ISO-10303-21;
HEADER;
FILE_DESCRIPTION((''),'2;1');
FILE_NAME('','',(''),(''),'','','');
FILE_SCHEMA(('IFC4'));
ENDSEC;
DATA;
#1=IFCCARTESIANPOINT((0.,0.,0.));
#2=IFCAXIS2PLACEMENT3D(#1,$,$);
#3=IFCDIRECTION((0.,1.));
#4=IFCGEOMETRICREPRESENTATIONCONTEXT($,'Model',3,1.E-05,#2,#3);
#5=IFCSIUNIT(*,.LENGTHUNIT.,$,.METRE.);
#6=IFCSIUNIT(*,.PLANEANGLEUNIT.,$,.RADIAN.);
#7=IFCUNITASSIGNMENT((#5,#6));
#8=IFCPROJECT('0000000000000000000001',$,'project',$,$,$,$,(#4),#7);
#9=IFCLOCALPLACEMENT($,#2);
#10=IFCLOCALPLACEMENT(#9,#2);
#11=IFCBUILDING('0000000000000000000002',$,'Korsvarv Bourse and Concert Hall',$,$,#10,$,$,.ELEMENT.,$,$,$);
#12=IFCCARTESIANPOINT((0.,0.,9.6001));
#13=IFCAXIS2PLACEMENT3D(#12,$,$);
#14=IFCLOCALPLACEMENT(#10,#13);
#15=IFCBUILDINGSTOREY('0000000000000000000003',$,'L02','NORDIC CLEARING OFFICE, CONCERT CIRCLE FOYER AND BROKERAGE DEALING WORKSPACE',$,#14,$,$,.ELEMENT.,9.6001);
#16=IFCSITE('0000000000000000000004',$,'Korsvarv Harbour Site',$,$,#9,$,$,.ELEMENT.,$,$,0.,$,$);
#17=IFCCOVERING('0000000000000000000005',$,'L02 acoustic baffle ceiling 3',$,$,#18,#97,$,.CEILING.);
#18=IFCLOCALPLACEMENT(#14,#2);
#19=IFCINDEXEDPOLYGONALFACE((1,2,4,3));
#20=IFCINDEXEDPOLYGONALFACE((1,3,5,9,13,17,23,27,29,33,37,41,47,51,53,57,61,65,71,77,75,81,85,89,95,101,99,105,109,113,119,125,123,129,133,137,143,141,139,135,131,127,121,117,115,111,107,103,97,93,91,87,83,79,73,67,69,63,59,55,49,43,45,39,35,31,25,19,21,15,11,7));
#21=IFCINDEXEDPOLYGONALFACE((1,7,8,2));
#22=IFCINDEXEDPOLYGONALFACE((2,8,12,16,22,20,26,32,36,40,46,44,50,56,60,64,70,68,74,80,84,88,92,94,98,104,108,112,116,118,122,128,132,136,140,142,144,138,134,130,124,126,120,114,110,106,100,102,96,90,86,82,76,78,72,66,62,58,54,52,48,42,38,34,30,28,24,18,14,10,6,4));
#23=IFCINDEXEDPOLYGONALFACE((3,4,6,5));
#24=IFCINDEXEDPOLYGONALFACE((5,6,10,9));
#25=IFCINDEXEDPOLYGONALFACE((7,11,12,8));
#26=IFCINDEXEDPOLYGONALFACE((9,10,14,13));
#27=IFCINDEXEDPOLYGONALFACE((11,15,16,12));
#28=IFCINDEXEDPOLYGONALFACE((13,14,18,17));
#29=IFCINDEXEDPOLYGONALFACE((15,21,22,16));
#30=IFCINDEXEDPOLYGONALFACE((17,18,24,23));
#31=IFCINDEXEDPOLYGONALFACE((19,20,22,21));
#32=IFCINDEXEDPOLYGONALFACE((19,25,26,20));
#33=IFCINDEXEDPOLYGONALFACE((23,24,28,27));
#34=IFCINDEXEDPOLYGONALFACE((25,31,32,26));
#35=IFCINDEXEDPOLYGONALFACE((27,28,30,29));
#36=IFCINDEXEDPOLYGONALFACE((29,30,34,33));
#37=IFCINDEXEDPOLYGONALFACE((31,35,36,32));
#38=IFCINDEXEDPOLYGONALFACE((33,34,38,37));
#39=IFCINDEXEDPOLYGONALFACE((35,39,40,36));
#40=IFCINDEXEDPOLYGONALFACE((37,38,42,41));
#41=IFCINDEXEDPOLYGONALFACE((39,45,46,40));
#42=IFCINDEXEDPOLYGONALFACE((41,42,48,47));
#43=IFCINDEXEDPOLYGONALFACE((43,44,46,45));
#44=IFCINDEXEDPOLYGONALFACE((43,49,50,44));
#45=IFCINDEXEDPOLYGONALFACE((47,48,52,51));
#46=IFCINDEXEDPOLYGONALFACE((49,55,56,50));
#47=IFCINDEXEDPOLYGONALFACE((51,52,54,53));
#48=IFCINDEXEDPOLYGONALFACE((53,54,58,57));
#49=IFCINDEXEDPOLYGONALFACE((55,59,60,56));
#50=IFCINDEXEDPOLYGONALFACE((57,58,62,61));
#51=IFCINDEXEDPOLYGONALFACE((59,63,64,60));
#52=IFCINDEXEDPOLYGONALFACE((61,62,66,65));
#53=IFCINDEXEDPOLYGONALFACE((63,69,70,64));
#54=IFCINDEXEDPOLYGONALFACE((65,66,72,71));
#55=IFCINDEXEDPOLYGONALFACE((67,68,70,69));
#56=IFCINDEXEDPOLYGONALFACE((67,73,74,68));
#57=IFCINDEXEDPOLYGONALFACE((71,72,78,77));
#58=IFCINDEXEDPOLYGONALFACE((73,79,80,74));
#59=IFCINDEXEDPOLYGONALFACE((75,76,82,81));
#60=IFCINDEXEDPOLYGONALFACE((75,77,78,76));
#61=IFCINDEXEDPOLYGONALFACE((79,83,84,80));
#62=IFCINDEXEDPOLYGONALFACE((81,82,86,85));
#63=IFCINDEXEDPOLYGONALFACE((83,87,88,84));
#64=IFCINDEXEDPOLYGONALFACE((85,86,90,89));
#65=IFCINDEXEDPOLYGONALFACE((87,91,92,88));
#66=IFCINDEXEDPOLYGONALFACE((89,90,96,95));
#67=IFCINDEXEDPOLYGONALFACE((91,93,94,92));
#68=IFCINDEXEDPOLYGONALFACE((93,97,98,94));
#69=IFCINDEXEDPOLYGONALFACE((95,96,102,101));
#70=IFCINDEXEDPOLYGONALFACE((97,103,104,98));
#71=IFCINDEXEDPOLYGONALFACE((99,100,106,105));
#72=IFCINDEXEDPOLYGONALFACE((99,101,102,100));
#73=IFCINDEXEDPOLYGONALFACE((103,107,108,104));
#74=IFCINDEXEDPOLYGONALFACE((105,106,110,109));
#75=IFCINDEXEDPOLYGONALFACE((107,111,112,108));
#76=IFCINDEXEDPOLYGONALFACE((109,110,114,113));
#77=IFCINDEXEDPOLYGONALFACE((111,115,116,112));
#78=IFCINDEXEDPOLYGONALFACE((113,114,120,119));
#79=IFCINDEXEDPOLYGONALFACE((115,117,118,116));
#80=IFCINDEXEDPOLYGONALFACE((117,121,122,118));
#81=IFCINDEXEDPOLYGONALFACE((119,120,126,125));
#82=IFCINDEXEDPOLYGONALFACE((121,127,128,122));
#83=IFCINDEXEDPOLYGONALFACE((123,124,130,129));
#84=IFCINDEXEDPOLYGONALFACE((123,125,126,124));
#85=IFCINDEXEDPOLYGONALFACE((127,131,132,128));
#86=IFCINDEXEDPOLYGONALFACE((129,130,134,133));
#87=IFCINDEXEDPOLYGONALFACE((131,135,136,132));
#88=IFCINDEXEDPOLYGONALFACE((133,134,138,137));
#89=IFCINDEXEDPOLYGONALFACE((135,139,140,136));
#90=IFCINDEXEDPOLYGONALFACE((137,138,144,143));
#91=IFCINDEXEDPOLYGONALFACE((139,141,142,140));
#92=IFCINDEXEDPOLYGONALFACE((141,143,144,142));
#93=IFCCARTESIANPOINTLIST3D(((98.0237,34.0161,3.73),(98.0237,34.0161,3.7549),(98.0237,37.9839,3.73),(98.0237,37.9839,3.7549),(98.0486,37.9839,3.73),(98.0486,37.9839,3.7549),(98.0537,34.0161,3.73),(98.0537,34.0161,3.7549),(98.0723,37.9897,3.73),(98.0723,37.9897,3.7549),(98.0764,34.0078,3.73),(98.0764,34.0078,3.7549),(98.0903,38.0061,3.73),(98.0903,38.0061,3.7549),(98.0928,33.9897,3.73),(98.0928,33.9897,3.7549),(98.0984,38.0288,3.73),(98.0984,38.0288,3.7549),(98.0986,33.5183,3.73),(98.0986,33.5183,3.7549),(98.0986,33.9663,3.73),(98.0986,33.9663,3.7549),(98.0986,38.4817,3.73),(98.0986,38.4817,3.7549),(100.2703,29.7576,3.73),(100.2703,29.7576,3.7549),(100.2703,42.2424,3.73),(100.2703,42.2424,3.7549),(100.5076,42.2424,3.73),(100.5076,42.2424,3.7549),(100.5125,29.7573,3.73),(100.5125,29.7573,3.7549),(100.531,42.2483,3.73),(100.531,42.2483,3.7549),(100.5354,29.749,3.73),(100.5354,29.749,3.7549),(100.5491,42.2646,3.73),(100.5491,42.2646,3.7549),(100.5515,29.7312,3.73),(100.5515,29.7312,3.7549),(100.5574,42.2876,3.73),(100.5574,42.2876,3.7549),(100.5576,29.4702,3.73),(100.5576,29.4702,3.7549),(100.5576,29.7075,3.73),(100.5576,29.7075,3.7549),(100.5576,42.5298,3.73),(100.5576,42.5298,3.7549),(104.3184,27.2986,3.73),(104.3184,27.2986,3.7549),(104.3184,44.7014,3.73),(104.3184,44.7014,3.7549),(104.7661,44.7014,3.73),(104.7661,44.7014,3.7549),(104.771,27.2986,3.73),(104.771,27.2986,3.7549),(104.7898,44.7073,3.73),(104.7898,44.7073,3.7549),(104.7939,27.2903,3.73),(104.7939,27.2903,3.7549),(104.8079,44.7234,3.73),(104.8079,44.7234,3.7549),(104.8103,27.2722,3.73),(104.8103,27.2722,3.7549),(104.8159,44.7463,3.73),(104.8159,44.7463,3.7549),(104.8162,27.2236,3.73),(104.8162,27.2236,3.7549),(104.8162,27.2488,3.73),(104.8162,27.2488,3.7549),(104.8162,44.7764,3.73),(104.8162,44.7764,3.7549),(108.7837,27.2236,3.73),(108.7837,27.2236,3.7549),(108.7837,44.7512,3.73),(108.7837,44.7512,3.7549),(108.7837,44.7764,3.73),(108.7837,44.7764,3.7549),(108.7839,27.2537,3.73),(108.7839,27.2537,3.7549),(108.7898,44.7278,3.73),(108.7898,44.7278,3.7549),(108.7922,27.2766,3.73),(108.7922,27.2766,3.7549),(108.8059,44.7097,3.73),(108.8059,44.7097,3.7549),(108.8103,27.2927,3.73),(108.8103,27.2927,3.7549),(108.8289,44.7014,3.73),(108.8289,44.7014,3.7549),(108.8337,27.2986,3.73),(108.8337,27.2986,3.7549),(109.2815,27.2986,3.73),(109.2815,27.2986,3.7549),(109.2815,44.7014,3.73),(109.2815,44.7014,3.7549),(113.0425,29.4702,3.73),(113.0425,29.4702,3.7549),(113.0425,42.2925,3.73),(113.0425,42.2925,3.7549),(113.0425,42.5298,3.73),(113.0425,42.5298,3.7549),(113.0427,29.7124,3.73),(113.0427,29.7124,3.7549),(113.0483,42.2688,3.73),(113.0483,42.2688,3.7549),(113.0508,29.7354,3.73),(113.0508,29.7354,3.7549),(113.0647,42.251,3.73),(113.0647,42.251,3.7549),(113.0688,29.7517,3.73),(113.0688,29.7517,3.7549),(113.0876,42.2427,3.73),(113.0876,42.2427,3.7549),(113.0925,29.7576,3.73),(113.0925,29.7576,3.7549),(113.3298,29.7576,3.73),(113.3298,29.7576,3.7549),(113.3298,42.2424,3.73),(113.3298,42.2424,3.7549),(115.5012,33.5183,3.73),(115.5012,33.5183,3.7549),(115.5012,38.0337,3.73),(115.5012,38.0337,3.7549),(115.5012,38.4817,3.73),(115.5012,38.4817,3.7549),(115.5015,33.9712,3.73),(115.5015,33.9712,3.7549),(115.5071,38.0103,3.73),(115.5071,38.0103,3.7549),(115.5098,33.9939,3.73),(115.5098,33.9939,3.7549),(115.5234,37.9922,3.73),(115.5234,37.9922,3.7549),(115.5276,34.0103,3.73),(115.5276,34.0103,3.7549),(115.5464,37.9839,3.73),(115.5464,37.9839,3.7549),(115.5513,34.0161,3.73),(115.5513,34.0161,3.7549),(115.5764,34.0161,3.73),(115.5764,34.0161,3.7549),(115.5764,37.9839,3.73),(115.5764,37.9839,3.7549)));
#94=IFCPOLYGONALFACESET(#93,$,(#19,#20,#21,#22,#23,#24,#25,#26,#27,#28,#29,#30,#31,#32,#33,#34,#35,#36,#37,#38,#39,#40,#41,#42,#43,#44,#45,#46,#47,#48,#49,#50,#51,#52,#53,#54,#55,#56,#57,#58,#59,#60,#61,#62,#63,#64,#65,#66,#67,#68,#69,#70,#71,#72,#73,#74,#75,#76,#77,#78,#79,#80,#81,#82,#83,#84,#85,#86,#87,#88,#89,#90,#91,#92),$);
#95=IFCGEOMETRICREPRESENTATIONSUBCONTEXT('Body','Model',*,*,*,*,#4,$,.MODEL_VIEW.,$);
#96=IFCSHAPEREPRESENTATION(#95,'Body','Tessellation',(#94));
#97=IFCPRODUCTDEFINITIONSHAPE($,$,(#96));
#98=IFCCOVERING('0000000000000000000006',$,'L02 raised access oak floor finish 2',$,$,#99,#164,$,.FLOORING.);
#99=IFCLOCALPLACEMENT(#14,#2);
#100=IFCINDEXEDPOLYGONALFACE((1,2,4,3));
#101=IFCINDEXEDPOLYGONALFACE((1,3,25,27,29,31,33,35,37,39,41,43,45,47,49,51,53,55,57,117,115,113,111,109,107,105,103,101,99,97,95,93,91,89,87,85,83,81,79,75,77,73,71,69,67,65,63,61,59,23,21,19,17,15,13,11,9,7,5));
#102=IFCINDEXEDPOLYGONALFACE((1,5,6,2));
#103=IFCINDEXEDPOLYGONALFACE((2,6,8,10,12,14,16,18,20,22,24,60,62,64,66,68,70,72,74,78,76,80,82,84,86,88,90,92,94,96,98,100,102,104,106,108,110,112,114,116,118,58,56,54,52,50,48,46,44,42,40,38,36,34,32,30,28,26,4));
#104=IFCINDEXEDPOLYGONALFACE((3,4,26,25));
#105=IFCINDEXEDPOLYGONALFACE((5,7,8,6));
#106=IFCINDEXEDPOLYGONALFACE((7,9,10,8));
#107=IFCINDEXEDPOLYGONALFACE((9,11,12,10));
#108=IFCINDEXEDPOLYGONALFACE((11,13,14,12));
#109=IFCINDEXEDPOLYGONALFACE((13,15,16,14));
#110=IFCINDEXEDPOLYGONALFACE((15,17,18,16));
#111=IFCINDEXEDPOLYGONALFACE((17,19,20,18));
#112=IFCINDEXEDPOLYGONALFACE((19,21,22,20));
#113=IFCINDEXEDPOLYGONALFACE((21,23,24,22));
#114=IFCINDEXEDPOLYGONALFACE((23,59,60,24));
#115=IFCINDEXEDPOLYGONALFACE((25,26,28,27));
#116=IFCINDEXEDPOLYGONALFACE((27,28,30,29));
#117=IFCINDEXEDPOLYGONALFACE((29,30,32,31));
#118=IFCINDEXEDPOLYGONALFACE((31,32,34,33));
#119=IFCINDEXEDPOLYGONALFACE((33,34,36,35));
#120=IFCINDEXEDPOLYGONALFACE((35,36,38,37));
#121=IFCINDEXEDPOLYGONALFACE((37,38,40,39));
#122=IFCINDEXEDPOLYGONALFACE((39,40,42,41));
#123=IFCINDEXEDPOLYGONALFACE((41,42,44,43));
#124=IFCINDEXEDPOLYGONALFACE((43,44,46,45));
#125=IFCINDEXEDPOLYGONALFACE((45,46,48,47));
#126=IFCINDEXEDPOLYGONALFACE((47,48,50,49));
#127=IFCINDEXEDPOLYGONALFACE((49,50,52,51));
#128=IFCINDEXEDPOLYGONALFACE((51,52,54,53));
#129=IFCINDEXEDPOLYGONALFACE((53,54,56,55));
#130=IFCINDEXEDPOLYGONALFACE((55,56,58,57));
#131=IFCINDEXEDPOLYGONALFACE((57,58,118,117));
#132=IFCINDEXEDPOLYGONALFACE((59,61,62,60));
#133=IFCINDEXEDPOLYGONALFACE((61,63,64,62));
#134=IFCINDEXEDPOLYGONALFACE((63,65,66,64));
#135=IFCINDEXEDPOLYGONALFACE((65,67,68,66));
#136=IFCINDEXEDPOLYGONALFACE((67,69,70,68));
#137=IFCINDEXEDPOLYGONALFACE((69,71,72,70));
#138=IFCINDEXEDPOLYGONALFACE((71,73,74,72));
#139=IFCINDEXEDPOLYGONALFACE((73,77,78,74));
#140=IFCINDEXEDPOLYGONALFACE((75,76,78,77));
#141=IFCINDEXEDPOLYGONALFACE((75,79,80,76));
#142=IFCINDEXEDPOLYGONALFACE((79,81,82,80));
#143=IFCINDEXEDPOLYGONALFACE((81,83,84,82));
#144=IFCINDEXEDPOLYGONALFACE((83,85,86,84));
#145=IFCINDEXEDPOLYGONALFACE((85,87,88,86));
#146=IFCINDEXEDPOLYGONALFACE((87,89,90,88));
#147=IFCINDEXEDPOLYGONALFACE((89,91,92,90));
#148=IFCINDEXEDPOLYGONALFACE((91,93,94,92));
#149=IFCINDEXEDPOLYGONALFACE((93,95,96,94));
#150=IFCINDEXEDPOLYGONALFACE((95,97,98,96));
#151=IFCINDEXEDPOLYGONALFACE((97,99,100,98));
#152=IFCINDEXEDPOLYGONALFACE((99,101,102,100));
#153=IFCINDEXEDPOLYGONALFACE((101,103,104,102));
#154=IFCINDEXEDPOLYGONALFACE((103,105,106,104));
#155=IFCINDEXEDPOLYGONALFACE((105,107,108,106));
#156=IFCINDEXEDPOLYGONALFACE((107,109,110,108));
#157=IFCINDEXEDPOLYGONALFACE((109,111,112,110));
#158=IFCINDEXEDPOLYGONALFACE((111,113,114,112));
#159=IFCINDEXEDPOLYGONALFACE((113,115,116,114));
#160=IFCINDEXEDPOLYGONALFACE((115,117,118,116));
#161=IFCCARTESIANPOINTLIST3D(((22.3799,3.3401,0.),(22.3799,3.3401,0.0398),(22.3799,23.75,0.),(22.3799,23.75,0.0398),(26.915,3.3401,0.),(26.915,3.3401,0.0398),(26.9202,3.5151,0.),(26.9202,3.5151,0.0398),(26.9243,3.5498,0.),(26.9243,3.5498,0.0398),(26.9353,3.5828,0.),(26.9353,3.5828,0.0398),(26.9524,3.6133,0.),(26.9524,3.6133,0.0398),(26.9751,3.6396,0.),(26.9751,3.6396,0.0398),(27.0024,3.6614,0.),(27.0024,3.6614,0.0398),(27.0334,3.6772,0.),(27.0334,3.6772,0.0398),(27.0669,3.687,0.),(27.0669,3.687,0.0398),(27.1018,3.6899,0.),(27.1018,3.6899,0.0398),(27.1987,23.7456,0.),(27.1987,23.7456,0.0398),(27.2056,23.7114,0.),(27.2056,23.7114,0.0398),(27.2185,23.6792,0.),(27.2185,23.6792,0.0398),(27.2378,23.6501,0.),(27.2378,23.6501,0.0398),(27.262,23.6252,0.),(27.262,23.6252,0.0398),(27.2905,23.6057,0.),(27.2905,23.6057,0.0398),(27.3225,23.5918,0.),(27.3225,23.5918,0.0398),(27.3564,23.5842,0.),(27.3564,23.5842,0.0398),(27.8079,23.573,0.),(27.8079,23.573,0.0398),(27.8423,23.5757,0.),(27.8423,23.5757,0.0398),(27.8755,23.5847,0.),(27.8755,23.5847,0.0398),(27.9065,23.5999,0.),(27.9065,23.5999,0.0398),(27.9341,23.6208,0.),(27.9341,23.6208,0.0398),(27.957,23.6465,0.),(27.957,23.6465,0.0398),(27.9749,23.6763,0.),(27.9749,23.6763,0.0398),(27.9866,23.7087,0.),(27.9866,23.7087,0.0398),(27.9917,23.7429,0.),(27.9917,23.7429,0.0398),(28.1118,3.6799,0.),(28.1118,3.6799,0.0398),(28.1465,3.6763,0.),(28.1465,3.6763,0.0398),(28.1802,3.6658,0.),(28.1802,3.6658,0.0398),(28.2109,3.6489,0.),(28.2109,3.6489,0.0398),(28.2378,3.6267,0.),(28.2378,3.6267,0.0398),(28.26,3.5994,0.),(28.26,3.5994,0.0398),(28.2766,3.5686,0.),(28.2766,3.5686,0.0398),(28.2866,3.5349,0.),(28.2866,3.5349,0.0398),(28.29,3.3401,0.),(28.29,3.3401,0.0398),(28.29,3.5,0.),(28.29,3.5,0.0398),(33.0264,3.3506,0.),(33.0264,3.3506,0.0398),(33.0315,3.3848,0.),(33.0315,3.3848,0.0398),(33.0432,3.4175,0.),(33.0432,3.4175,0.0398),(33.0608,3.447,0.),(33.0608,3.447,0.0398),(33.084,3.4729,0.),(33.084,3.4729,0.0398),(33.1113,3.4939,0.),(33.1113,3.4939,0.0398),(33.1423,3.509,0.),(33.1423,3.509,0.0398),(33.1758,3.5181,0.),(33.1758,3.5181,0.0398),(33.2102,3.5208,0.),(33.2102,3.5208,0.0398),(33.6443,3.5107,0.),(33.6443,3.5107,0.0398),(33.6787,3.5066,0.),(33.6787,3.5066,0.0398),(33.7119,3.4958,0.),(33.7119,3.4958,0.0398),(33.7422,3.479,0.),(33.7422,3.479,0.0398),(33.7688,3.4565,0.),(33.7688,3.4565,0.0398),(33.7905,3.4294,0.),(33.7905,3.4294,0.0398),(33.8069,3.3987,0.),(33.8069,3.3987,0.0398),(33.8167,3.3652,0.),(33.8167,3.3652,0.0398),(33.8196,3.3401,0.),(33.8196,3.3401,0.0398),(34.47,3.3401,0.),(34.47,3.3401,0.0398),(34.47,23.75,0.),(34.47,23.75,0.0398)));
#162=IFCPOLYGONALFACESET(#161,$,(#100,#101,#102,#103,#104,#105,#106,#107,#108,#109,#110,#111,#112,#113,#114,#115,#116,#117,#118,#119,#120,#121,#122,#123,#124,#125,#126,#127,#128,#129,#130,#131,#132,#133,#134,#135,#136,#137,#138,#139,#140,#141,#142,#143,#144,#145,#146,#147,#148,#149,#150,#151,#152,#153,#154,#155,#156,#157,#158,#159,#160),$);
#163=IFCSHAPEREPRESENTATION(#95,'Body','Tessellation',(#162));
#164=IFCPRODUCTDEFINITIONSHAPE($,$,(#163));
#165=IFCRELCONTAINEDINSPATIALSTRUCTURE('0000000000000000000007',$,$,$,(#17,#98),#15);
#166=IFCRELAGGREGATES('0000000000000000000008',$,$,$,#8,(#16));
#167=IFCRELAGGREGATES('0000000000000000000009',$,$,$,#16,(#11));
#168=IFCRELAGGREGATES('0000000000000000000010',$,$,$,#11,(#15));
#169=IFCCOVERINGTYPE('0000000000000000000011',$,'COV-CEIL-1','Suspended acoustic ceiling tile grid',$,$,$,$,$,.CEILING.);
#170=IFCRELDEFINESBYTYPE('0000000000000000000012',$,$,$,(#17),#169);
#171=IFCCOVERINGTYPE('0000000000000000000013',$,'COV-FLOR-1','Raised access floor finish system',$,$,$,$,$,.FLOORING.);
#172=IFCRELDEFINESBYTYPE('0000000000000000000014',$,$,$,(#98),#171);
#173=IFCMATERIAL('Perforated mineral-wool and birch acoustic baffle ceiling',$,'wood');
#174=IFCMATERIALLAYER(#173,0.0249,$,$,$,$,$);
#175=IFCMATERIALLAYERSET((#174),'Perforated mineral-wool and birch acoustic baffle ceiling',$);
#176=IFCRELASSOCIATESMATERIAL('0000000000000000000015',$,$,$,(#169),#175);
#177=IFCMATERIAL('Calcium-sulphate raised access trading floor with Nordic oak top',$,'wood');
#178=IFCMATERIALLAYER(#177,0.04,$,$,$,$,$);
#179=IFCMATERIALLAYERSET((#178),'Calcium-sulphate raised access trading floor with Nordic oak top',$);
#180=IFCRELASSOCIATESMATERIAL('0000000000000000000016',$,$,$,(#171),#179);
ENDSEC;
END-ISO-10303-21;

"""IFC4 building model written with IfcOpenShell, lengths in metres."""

from ifc_helpers import new_model, si_unit, direction, frame, origin, place, context, subcontext, project, spatial, polyline, outline, extrude, material, layer, layer_set, type_object, element, save


model = new_model("IFC4")

# Units and contexts
model_context = context("Model", 3, precision=1e-05, world=origin(), true_north=direction((0.0, 1.0)))
body_context = subcontext(model_context, "Body", "Model", "MODEL_VIEW")
ifc_project = project(units=[si_unit("LENGTHUNIT", "METRE"), si_unit("PLANEANGLEUNIT", "RADIAN")], contexts=[model_context])

# Site, building, storey
site_placement = place(None, origin())
site = spatial("IfcSite", under=ifc_project, at=site_placement, Name="Korsvarv Harbour Site", CompositionType="ELEMENT", RefElevation=0.0)
building_placement = place(site_placement, origin())
building = spatial("IfcBuilding", under=site, at=building_placement, Name="Korsvarv Bourse and Concert Hall", CompositionType="ELEMENT")
storey_placement = place(building_placement, frame((0.0, 0.0, 9.6001)))
storey = spatial("IfcBuildingStorey", under=building, at=storey_placement, Name="L02", Description="NORDIC CLEARING OFFICE, CONCERT CIRCLE FOYER AND BROKERAGE DEALING WORKSPACE", CompositionType="ELEMENT", Elevation=9.6001)

# Coverings
ifc_material_1 = material(Name="Perforated mineral-wool and birch acoustic baffle ceiling", Category="wood")
ifc_layer_1 = layer(ifc_material_1, 0.0249)
ifc_layer_set_1 = layer_set([ifc_layer_1], Name="Perforated mineral-wool and birch acoustic baffle ceiling")
covering_type_1 = type_object("IfcCoveringType", Name="COV-CEIL-1", Description="Suspended acoustic ceiling tile grid", PredefinedType="CEILING", material=ifc_layer_set_1)
covering_1_placement = place(storey_placement, frame((0.0, 0.0, 3.73)))
element("IfcCovering", 1, at=covering_1_placement, inside=storey, type_object=covering_type_1, Name="L02 acoustic baffle ceiling 3", PredefinedType="CEILING", context=body_context, shape_type="SweptSolid", body=[
    extrude(outline(polyline([(113.3298, 29.7576), (113.0925, 29.7576), (113.0688, 29.7517), (113.0508, 29.7354), (113.0427, 29.7124), (113.0425, 29.4702), (109.2815, 27.2986), (108.8337, 27.2986), (108.8103, 27.2927), (108.7922, 27.2766), (108.7839, 27.2537), (108.7837, 27.2236), (104.8162, 27.2236), (104.8162, 27.2488), (104.8103, 27.2722), (104.7939, 27.2903), (104.771, 27.2986), (104.3184, 27.2986), (100.5576, 29.4702), (100.5576, 29.7075), (100.5515, 29.7312), (100.5354, 29.749), (100.5125, 29.7573), (100.2703, 29.7576), (98.0986, 33.5183), (98.0986, 33.9663), (98.0928, 33.9897), (98.0764, 34.0078), (98.0537, 34.0161), (98.0237, 34.0161), (98.0237, 37.9839), (98.0486, 37.9839), (98.0723, 37.9897), (98.0903, 38.0061), (98.0984, 38.0288), (98.0986, 38.4817), (100.2703, 42.2424), (100.5076, 42.2424), (100.531, 42.2483), (100.5491, 42.2646), (100.5574, 42.2876), (100.5576, 42.5298), (104.3184, 44.7014), (104.7661, 44.7014), (104.7898, 44.7073), (104.8079, 44.7234), (104.8159, 44.7463), (104.8162, 44.7764), (108.7837, 44.7764), (108.7837, 44.7512), (108.7898, 44.7278), (108.8059, 44.7097), (108.8289, 44.7014), (109.2815, 44.7014), (113.0425, 42.5298), (113.0425, 42.2925), (113.0483, 42.2688), (113.0647, 42.251), (113.0876, 42.2427), (113.3298, 42.2424), (115.5012, 38.4817), (115.5012, 38.0337), (115.5071, 38.0103), (115.5234, 37.9922), (115.5464, 37.9839), (115.5764, 37.9839), (115.5764, 34.0161), (115.5513, 34.0161), (115.5276, 34.0103), (115.5098, 33.9939), (115.5015, 33.9712), (115.5012, 33.5183), (113.3298, 29.7576)])), origin(), (0.0, 0.0, 1.0), 0.0249),
])
ifc_material_2 = material(Name="Calcium-sulphate raised access trading floor with Nordic oak top", Category="wood")
ifc_layer_2 = layer(ifc_material_2, 0.04)
ifc_layer_set_2 = layer_set([ifc_layer_2], Name="Calcium-sulphate raised access trading floor with Nordic oak top")
covering_type_2 = type_object("IfcCoveringType", Name="COV-FLOR-1", Description="Raised access floor finish system", PredefinedType="FLOORING", material=ifc_layer_set_2)
covering_2_placement = place(storey_placement, origin())
element("IfcCovering", 2, at=covering_2_placement, inside=storey, type_object=covering_type_2, Name="L02 raised access oak floor finish 2", PredefinedType="FLOORING", context=body_context, shape_type="SweptSolid", body=[
    extrude(outline(polyline([(27.1987, 23.7456), (27.2056, 23.7114), (27.2185, 23.6792), (27.2378, 23.6501), (27.262, 23.6252), (27.2905, 23.6057), (27.3225, 23.5918), (27.3564, 23.5842), (27.8079, 23.573), (27.8423, 23.5757), (27.8755, 23.5847), (27.9065, 23.5999), (27.9341, 23.6208), (27.957, 23.6465), (27.9749, 23.6763), (27.9866, 23.7087), (27.9917, 23.7429), (34.47, 23.75), (34.47, 3.3401), (33.8196, 3.3401), (33.8167, 3.3652), (33.8069, 3.3987), (33.7905, 3.4294), (33.7688, 3.4565), (33.7422, 3.479), (33.7119, 3.4958), (33.6787, 3.5066), (33.6443, 3.5107), (33.2102, 3.5208), (33.1758, 3.5181), (33.1423, 3.509), (33.1113, 3.4939), (33.084, 3.4729), (33.0608, 3.447), (33.0432, 3.4175), (33.0315, 3.3848), (33.0264, 3.3506), (28.29, 3.3401), (28.29, 3.5), (28.2866, 3.5349), (28.2766, 3.5686), (28.26, 3.5994), (28.2378, 3.6267), (28.2109, 3.6489), (28.1802, 3.6658), (28.1465, 3.6763), (28.1118, 3.6799), (27.1018, 3.6899), (27.0669, 3.687), (27.0334, 3.6772), (27.0024, 3.6614), (26.9751, 3.6396), (26.9524, 3.6133), (26.9353, 3.5828), (26.9243, 3.5498), (26.9202, 3.5151), (26.915, 3.3401), (22.3799, 3.3401), (22.3799, 23.75), (27.1987, 23.7456)])), origin(), (0.0, 0.0, 1.0), 0.0398),
])

save(model, "model.ifc")
